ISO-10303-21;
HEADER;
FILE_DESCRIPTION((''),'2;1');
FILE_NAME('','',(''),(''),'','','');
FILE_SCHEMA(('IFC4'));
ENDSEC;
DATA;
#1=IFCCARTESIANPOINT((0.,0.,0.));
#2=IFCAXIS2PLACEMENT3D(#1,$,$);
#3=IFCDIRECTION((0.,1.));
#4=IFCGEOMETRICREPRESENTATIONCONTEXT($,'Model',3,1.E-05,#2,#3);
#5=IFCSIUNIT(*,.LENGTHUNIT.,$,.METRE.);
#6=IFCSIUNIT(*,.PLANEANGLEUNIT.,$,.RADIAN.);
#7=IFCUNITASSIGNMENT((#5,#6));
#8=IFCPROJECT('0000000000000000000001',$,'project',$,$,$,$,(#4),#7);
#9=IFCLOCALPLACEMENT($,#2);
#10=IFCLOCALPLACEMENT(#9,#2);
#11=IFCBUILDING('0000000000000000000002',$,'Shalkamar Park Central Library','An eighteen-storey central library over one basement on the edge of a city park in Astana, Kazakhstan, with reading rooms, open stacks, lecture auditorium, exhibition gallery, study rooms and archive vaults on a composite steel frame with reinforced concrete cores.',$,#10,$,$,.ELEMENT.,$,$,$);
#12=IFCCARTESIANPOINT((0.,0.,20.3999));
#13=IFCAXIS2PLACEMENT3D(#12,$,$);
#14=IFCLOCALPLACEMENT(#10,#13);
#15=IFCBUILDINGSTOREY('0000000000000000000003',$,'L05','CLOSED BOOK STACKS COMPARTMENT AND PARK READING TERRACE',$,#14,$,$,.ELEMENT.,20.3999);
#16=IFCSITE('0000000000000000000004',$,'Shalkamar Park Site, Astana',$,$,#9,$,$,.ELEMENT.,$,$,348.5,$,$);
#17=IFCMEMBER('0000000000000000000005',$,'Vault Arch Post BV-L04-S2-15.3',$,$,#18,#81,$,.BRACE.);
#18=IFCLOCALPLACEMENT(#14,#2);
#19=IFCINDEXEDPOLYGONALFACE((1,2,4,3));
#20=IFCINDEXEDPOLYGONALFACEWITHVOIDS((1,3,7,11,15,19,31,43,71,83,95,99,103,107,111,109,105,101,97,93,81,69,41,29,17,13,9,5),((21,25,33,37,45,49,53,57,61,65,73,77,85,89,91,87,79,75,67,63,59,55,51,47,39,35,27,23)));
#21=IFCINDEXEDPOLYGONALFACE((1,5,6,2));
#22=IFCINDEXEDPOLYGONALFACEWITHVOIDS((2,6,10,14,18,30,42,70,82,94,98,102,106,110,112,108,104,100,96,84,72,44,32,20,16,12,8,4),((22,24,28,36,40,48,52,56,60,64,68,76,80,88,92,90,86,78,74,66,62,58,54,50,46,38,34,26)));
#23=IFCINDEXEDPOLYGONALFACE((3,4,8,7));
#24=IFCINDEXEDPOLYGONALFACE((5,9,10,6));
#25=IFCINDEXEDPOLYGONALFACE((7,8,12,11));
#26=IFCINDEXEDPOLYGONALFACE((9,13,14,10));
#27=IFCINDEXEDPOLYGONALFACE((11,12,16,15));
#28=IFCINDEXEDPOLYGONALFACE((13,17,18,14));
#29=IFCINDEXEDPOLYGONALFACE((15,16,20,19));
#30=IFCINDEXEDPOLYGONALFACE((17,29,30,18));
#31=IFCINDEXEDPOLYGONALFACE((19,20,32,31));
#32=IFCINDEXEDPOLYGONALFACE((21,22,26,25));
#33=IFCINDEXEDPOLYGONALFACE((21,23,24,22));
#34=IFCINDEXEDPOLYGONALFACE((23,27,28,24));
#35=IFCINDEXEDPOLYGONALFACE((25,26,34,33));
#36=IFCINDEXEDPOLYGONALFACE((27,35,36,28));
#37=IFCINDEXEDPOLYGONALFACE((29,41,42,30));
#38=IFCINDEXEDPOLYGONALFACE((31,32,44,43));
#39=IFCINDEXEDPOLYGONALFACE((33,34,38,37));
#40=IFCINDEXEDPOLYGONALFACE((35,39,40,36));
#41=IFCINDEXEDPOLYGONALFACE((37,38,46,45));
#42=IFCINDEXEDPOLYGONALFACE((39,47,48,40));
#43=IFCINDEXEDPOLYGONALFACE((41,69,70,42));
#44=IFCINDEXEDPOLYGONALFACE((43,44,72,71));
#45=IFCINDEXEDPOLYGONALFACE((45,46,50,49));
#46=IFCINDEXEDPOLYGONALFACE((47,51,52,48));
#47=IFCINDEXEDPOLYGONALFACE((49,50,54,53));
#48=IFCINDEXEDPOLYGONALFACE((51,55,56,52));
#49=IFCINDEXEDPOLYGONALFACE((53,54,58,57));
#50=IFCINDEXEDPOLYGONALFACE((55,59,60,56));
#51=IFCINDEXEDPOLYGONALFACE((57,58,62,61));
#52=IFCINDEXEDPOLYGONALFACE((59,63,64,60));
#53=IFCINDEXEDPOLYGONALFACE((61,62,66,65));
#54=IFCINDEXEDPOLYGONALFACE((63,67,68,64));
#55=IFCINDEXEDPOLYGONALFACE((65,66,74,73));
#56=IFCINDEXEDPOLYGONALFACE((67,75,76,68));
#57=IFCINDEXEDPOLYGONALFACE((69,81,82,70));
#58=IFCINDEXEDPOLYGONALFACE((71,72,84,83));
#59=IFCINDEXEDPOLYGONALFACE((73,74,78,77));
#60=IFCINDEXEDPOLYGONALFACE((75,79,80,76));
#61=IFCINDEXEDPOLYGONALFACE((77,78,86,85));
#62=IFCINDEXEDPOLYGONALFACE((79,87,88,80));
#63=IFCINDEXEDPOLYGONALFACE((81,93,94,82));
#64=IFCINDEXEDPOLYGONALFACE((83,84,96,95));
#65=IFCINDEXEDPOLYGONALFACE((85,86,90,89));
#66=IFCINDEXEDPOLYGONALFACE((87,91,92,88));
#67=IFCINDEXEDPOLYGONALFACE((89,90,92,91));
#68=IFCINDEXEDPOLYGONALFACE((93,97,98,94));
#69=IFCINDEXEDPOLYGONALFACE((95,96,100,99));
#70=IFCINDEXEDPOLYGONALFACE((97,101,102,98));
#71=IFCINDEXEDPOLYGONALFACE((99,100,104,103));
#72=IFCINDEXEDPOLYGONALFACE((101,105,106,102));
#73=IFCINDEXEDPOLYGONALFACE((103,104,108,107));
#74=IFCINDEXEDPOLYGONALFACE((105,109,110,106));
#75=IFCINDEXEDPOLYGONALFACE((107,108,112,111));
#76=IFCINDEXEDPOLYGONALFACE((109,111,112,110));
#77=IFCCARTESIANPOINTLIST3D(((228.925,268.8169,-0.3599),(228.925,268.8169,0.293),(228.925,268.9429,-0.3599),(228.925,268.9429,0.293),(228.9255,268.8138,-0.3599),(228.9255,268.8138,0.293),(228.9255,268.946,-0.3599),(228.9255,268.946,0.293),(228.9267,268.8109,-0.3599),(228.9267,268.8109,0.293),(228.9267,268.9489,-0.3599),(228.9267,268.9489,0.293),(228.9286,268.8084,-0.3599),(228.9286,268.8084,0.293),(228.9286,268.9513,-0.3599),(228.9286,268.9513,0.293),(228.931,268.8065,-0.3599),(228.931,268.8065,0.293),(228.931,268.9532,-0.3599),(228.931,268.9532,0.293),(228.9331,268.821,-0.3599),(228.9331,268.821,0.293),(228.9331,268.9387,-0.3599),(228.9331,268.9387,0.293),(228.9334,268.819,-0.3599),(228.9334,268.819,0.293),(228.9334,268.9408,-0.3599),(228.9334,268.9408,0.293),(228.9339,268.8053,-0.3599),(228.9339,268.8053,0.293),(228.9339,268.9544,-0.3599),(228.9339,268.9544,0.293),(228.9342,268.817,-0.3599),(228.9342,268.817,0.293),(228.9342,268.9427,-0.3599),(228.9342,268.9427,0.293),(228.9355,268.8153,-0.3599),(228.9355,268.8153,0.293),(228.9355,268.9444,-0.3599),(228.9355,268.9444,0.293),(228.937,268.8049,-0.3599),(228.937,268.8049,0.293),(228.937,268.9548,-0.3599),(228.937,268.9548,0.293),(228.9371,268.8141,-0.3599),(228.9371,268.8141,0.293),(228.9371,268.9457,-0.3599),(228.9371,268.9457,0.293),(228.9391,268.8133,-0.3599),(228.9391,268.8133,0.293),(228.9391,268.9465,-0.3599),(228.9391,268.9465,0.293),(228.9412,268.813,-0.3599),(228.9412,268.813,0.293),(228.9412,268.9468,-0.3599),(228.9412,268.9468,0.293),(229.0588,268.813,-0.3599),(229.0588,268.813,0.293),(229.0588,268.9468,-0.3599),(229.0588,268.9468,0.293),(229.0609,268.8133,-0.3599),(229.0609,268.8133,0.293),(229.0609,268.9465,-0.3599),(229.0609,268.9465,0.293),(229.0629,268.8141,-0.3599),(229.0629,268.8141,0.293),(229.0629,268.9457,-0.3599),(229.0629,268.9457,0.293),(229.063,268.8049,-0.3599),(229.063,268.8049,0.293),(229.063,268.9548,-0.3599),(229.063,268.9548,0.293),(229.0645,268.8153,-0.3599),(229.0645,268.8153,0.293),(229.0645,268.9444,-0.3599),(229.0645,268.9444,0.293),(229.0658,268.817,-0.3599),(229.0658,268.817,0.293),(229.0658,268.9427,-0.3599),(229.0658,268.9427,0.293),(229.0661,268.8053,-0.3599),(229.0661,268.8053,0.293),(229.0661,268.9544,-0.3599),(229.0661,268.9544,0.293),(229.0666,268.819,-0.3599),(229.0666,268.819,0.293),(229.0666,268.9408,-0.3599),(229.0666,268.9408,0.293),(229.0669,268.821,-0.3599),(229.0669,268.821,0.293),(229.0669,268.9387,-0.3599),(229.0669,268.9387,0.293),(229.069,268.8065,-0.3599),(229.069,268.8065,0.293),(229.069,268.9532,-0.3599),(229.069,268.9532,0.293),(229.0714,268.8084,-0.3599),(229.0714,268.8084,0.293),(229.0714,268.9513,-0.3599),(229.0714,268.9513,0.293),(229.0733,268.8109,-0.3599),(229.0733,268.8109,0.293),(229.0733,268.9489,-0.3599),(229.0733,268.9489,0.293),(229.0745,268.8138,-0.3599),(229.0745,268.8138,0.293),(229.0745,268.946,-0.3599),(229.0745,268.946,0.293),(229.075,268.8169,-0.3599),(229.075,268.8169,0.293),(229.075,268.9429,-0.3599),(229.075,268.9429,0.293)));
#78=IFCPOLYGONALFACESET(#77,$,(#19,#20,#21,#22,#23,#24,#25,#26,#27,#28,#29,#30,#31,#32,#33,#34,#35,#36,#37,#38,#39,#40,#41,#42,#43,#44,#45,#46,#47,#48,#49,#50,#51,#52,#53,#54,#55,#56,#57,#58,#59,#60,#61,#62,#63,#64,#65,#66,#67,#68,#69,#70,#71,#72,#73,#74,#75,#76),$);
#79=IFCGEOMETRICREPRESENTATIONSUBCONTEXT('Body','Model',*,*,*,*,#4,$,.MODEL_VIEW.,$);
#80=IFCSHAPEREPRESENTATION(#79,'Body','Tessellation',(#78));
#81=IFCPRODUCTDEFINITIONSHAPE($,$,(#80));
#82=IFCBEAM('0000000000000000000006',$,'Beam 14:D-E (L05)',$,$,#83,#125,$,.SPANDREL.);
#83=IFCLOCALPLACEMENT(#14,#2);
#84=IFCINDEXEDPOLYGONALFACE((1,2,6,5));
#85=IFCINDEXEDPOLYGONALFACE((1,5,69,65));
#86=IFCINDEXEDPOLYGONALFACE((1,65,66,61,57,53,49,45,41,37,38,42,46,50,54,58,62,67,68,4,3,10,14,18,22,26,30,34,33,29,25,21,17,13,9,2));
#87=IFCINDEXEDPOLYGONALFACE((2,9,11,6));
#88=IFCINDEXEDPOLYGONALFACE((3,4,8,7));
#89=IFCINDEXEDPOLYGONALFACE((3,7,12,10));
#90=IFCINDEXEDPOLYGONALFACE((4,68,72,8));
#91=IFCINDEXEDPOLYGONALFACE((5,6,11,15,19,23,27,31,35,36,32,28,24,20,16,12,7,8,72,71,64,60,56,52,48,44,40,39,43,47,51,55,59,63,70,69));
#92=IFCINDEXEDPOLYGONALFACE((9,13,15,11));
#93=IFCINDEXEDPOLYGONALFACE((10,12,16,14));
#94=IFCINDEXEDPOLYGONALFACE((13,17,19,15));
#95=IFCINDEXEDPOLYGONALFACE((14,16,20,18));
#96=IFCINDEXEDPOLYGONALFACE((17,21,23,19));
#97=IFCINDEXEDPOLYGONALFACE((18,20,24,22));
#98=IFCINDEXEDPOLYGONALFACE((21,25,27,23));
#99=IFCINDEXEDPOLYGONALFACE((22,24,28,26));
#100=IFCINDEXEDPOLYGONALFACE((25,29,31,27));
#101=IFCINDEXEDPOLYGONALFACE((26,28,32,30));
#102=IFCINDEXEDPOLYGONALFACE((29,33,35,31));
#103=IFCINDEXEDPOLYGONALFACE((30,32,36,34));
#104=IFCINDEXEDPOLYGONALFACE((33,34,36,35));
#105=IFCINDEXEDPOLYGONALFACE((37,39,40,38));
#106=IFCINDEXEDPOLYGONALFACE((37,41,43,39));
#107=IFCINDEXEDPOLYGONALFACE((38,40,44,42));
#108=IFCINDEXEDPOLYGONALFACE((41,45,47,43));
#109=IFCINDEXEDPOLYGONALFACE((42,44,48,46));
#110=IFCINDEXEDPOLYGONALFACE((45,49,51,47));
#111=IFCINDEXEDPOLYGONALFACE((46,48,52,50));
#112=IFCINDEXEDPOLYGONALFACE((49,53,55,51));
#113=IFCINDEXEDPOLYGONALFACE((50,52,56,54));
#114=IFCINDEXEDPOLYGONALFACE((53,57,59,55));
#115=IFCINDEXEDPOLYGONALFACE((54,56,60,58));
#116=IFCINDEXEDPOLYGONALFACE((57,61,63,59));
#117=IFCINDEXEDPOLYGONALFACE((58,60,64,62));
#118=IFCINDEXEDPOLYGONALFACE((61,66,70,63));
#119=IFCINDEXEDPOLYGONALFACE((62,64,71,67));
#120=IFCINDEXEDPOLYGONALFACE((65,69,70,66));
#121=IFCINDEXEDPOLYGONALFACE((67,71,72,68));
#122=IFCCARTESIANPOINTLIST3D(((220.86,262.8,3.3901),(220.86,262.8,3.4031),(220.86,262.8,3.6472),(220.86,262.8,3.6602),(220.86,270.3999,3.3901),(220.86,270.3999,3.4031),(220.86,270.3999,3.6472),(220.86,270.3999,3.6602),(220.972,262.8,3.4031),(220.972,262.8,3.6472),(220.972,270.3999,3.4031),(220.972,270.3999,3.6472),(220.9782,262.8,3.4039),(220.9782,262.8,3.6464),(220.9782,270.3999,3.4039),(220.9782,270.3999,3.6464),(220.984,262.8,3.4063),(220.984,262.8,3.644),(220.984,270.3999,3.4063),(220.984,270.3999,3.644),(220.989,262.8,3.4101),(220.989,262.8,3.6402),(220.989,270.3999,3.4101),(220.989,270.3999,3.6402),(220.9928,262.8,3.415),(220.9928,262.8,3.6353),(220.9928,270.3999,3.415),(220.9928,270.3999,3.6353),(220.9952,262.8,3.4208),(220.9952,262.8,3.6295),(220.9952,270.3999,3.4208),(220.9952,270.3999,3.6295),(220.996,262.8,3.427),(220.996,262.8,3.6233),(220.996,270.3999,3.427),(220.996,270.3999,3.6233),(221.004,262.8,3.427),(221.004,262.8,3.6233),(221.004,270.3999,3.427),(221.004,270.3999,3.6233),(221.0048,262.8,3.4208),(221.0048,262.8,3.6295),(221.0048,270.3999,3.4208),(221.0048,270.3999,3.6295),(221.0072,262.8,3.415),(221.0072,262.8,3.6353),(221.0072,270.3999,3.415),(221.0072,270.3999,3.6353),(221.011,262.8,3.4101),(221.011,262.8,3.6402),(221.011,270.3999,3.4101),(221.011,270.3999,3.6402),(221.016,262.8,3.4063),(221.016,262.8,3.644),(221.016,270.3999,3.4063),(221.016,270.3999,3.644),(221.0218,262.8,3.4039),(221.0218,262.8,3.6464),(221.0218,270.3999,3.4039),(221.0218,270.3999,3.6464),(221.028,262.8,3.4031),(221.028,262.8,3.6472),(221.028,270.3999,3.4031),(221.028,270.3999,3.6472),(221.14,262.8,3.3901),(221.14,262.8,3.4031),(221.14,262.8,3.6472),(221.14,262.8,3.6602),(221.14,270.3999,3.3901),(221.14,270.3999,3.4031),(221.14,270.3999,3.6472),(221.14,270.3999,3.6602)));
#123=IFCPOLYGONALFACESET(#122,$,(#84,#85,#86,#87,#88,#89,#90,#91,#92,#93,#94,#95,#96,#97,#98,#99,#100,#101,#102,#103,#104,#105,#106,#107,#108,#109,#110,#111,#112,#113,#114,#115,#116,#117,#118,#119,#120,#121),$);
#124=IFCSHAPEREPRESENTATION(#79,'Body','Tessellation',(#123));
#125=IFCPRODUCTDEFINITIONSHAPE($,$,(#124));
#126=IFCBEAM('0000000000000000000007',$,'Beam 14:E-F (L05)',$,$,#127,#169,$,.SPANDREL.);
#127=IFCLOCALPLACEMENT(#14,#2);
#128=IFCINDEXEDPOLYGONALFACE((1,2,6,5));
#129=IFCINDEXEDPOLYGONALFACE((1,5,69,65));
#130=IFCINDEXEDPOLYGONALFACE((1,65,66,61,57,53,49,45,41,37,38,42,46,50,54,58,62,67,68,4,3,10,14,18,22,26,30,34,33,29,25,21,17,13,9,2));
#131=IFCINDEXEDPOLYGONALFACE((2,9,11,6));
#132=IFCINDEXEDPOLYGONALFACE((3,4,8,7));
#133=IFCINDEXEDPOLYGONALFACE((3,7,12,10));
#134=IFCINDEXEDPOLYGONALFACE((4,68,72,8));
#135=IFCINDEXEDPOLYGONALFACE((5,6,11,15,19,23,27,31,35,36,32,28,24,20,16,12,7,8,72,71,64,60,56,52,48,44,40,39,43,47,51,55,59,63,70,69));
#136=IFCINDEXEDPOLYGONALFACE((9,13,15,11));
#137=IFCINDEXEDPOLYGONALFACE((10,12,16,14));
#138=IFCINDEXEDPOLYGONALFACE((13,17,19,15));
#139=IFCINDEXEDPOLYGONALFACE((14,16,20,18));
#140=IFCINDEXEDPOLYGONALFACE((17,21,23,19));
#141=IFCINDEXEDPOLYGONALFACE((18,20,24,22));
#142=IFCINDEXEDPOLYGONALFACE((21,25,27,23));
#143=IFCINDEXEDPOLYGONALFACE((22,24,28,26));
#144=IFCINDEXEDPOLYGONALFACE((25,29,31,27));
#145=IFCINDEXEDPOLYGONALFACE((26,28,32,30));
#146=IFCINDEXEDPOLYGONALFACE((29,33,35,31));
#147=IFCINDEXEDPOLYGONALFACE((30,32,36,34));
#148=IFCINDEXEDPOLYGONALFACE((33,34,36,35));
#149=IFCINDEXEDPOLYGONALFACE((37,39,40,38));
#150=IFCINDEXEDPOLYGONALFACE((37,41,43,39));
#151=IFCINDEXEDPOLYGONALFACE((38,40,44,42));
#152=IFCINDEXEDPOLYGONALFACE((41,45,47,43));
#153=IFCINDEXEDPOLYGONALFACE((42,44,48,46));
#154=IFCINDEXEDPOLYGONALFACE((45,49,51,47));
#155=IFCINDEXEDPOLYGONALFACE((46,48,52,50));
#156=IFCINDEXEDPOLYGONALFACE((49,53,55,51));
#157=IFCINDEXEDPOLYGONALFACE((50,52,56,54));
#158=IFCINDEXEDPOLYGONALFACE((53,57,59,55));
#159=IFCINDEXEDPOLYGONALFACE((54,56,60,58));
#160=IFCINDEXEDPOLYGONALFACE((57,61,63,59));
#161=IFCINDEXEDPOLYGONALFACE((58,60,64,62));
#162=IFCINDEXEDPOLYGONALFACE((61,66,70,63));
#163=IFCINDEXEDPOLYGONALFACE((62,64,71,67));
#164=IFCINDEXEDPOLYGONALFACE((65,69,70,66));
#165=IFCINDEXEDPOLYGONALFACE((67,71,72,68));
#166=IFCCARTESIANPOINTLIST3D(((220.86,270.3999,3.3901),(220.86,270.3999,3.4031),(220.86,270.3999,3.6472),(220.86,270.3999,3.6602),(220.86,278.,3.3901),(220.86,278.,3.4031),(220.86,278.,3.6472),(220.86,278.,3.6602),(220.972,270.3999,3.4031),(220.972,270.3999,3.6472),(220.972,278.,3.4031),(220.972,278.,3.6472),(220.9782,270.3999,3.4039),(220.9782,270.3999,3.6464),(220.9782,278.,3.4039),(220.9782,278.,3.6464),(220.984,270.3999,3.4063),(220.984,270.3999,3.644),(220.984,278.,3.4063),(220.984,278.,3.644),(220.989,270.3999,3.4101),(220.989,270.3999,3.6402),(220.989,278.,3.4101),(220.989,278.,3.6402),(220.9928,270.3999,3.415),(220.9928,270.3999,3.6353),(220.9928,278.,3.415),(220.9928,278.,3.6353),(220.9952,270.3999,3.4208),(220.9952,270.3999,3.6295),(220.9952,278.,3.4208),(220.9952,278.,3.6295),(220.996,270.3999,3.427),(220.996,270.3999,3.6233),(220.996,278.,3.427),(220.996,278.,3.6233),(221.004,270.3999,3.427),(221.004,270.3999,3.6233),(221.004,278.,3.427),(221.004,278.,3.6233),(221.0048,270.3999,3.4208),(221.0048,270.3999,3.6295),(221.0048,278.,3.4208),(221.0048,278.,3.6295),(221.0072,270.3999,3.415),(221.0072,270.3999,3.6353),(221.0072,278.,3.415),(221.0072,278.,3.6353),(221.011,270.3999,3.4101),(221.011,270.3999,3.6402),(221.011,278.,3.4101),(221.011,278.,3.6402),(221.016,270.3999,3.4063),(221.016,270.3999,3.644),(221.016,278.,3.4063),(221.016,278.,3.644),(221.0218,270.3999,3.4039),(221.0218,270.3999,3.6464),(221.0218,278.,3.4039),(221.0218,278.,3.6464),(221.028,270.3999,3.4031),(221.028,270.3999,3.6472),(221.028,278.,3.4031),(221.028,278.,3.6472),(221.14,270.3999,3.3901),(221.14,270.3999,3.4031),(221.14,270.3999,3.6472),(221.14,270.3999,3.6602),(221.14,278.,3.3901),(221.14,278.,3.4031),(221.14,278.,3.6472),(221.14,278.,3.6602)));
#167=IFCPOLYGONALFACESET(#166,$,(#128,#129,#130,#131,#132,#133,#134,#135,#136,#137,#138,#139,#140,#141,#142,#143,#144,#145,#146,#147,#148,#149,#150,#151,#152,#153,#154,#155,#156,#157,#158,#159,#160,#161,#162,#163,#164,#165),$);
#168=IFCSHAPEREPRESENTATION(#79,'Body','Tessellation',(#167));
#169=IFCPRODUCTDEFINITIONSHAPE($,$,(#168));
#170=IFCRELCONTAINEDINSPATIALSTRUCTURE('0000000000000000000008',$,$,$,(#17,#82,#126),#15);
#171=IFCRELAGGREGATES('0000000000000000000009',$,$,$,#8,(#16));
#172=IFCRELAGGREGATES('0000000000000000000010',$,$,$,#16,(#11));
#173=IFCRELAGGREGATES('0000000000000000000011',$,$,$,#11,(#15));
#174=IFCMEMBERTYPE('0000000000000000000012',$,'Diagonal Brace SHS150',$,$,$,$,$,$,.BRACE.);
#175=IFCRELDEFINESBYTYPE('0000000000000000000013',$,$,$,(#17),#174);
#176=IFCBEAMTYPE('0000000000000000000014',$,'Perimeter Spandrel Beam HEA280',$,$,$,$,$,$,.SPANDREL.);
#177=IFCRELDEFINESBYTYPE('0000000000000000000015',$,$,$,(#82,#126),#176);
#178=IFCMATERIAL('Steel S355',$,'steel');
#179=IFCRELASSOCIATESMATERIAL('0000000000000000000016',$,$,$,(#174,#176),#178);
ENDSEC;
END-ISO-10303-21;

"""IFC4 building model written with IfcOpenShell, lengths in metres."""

from ifc_helpers import new_model, si_unit, direction, frame, origin, origin_2d, place, context, subcontext, project, spatial, hollow_rectangle, i_section, extrude, material, material_profile, profile_set, type_object, element, save


model = new_model("IFC4")

# Units and contexts
model_context = context("Model", 3, precision=1e-05, world=origin(), true_north=direction((0.0, 1.0)))
body_context = subcontext(model_context, "Body", "Model", "MODEL_VIEW")
ifc_project = project(units=[si_unit("LENGTHUNIT", "METRE"), si_unit("PLANEANGLEUNIT", "RADIAN")], contexts=[model_context])

# Site, building, storey
site_placement = place(None, origin())
site = spatial("IfcSite", under=ifc_project, at=site_placement, Name="Shalkamar Park Site, Astana", CompositionType="ELEMENT", RefElevation=348.5)
building_placement = place(site_placement, origin())
building = spatial("IfcBuilding", under=site, at=building_placement, Name="Shalkamar Park Central Library", Description="An eighteen-storey central library over one basement on the edge of a city park in Astana, Kazakhstan, with reading rooms, open stacks, lecture auditorium, exhibition gallery, study rooms and archive vaults on a composite steel frame with reinforced concrete cores.", CompositionType="ELEMENT")
storey_placement = place(building_placement, frame((0.0, 0.0, 20.3999)))
storey = spatial("IfcBuildingStorey", under=building, at=storey_placement, Name="L05", Description="CLOSED BOOK STACKS COMPARTMENT AND PARK READING TERRACE", CompositionType="ELEMENT", Elevation=20.3999)

# Shared definitions
ifc_material_1 = material(Name="Steel S355", Category="steel")

# Member
ifc_material_profile_1 = material_profile(ifc_material_1, hollow_rectangle(XDim=0.1499, YDim=0.1499, WallThickness=0.0081, InnerFilletRadius=0.0081, OuterFilletRadius=0.012, at=origin_2d()), Name="SHS 150x150x8")
ifc_profile_set_1 = profile_set([ifc_material_profile_1], Name="Steel S355")
member_type_1 = type_object("IfcMemberType", Name="Diagonal Brace SHS150", PredefinedType="BRACE", material=ifc_profile_set_1)
member_1_placement = place(storey_placement, frame((229.0, 268.8799, -0.3599), z_axis=(0.0, 0.0, 1.0), x_axis=(1.0, 0.0, 0.0)))
element("IfcMember", 1, at=member_1_placement, inside=storey, type_object=member_type_1, Name="Vault Arch Post BV-L04-S2-15.3", PredefinedType="BRACE", context=body_context, shape_type="SweptSolid", body=[
    extrude(hollow_rectangle(XDim=0.1499, YDim=0.1499, WallThickness=0.0081, InnerFilletRadius=0.0081, OuterFilletRadius=0.012, at=origin_2d()), origin(), (0.0, 0.0, 1.0), 0.6528),
])

# Beams
ifc_material_profile_2 = material_profile(ifc_material_1, i_section(OverallWidth=0.28, OverallDepth=0.27, WebThickness=0.0081, FlangeThickness=0.0129, FilletRadius=0.0239, at=origin_2d()), Name="HEA 280")
ifc_profile_set_2 = profile_set([ifc_material_profile_2], Name="Steel S355")
beam_type = type_object("IfcBeamType", Name="Perimeter Spandrel Beam HEA280", PredefinedType="SPANDREL", material=ifc_profile_set_2)
beam_placement = place(storey_placement, frame((221.0, 262.8, 3.5251), z_axis=(0.0, 1.0, 0.0), x_axis=(-1.0, 0.0, 0.0)))
element("IfcBeam", 2, at=beam_placement, inside=storey, type_object=beam_type, Name="Beam 14:D-E (L05)", PredefinedType="SPANDREL", context=body_context, shape_type="SweptSolid", body=[
    extrude(i_section(OverallWidth=0.28, OverallDepth=0.27, WebThickness=0.0081, FlangeThickness=0.0129, FilletRadius=0.0239, at=origin_2d()), origin(), (0.0, 0.0, 1.0), 7.5999),
])
for number, where, z_axis, x_axis, name in (
    (3, (221.0, 270.3999, 3.5251), (0.0, 1.0, 0.0), (-1.0, 0.0, 0.0), "Beam 14:E-F (L05)"),
):
    element("IfcBeam", number, at=place(storey_placement, frame(where, z_axis=z_axis, x_axis=x_axis)), inside=storey, type_object=beam_type, Name=name, PredefinedType="SPANDREL", context=body_context, shape_type="SweptSolid", body=[
        extrude(i_section(OverallWidth=0.28, OverallDepth=0.27, WebThickness=0.0081, FlangeThickness=0.0129, FilletRadius=0.0239, at=origin_2d()), origin(), (0.0, 0.0, 1.0), 7.6001),
    ])

save(model, "model.ifc")
